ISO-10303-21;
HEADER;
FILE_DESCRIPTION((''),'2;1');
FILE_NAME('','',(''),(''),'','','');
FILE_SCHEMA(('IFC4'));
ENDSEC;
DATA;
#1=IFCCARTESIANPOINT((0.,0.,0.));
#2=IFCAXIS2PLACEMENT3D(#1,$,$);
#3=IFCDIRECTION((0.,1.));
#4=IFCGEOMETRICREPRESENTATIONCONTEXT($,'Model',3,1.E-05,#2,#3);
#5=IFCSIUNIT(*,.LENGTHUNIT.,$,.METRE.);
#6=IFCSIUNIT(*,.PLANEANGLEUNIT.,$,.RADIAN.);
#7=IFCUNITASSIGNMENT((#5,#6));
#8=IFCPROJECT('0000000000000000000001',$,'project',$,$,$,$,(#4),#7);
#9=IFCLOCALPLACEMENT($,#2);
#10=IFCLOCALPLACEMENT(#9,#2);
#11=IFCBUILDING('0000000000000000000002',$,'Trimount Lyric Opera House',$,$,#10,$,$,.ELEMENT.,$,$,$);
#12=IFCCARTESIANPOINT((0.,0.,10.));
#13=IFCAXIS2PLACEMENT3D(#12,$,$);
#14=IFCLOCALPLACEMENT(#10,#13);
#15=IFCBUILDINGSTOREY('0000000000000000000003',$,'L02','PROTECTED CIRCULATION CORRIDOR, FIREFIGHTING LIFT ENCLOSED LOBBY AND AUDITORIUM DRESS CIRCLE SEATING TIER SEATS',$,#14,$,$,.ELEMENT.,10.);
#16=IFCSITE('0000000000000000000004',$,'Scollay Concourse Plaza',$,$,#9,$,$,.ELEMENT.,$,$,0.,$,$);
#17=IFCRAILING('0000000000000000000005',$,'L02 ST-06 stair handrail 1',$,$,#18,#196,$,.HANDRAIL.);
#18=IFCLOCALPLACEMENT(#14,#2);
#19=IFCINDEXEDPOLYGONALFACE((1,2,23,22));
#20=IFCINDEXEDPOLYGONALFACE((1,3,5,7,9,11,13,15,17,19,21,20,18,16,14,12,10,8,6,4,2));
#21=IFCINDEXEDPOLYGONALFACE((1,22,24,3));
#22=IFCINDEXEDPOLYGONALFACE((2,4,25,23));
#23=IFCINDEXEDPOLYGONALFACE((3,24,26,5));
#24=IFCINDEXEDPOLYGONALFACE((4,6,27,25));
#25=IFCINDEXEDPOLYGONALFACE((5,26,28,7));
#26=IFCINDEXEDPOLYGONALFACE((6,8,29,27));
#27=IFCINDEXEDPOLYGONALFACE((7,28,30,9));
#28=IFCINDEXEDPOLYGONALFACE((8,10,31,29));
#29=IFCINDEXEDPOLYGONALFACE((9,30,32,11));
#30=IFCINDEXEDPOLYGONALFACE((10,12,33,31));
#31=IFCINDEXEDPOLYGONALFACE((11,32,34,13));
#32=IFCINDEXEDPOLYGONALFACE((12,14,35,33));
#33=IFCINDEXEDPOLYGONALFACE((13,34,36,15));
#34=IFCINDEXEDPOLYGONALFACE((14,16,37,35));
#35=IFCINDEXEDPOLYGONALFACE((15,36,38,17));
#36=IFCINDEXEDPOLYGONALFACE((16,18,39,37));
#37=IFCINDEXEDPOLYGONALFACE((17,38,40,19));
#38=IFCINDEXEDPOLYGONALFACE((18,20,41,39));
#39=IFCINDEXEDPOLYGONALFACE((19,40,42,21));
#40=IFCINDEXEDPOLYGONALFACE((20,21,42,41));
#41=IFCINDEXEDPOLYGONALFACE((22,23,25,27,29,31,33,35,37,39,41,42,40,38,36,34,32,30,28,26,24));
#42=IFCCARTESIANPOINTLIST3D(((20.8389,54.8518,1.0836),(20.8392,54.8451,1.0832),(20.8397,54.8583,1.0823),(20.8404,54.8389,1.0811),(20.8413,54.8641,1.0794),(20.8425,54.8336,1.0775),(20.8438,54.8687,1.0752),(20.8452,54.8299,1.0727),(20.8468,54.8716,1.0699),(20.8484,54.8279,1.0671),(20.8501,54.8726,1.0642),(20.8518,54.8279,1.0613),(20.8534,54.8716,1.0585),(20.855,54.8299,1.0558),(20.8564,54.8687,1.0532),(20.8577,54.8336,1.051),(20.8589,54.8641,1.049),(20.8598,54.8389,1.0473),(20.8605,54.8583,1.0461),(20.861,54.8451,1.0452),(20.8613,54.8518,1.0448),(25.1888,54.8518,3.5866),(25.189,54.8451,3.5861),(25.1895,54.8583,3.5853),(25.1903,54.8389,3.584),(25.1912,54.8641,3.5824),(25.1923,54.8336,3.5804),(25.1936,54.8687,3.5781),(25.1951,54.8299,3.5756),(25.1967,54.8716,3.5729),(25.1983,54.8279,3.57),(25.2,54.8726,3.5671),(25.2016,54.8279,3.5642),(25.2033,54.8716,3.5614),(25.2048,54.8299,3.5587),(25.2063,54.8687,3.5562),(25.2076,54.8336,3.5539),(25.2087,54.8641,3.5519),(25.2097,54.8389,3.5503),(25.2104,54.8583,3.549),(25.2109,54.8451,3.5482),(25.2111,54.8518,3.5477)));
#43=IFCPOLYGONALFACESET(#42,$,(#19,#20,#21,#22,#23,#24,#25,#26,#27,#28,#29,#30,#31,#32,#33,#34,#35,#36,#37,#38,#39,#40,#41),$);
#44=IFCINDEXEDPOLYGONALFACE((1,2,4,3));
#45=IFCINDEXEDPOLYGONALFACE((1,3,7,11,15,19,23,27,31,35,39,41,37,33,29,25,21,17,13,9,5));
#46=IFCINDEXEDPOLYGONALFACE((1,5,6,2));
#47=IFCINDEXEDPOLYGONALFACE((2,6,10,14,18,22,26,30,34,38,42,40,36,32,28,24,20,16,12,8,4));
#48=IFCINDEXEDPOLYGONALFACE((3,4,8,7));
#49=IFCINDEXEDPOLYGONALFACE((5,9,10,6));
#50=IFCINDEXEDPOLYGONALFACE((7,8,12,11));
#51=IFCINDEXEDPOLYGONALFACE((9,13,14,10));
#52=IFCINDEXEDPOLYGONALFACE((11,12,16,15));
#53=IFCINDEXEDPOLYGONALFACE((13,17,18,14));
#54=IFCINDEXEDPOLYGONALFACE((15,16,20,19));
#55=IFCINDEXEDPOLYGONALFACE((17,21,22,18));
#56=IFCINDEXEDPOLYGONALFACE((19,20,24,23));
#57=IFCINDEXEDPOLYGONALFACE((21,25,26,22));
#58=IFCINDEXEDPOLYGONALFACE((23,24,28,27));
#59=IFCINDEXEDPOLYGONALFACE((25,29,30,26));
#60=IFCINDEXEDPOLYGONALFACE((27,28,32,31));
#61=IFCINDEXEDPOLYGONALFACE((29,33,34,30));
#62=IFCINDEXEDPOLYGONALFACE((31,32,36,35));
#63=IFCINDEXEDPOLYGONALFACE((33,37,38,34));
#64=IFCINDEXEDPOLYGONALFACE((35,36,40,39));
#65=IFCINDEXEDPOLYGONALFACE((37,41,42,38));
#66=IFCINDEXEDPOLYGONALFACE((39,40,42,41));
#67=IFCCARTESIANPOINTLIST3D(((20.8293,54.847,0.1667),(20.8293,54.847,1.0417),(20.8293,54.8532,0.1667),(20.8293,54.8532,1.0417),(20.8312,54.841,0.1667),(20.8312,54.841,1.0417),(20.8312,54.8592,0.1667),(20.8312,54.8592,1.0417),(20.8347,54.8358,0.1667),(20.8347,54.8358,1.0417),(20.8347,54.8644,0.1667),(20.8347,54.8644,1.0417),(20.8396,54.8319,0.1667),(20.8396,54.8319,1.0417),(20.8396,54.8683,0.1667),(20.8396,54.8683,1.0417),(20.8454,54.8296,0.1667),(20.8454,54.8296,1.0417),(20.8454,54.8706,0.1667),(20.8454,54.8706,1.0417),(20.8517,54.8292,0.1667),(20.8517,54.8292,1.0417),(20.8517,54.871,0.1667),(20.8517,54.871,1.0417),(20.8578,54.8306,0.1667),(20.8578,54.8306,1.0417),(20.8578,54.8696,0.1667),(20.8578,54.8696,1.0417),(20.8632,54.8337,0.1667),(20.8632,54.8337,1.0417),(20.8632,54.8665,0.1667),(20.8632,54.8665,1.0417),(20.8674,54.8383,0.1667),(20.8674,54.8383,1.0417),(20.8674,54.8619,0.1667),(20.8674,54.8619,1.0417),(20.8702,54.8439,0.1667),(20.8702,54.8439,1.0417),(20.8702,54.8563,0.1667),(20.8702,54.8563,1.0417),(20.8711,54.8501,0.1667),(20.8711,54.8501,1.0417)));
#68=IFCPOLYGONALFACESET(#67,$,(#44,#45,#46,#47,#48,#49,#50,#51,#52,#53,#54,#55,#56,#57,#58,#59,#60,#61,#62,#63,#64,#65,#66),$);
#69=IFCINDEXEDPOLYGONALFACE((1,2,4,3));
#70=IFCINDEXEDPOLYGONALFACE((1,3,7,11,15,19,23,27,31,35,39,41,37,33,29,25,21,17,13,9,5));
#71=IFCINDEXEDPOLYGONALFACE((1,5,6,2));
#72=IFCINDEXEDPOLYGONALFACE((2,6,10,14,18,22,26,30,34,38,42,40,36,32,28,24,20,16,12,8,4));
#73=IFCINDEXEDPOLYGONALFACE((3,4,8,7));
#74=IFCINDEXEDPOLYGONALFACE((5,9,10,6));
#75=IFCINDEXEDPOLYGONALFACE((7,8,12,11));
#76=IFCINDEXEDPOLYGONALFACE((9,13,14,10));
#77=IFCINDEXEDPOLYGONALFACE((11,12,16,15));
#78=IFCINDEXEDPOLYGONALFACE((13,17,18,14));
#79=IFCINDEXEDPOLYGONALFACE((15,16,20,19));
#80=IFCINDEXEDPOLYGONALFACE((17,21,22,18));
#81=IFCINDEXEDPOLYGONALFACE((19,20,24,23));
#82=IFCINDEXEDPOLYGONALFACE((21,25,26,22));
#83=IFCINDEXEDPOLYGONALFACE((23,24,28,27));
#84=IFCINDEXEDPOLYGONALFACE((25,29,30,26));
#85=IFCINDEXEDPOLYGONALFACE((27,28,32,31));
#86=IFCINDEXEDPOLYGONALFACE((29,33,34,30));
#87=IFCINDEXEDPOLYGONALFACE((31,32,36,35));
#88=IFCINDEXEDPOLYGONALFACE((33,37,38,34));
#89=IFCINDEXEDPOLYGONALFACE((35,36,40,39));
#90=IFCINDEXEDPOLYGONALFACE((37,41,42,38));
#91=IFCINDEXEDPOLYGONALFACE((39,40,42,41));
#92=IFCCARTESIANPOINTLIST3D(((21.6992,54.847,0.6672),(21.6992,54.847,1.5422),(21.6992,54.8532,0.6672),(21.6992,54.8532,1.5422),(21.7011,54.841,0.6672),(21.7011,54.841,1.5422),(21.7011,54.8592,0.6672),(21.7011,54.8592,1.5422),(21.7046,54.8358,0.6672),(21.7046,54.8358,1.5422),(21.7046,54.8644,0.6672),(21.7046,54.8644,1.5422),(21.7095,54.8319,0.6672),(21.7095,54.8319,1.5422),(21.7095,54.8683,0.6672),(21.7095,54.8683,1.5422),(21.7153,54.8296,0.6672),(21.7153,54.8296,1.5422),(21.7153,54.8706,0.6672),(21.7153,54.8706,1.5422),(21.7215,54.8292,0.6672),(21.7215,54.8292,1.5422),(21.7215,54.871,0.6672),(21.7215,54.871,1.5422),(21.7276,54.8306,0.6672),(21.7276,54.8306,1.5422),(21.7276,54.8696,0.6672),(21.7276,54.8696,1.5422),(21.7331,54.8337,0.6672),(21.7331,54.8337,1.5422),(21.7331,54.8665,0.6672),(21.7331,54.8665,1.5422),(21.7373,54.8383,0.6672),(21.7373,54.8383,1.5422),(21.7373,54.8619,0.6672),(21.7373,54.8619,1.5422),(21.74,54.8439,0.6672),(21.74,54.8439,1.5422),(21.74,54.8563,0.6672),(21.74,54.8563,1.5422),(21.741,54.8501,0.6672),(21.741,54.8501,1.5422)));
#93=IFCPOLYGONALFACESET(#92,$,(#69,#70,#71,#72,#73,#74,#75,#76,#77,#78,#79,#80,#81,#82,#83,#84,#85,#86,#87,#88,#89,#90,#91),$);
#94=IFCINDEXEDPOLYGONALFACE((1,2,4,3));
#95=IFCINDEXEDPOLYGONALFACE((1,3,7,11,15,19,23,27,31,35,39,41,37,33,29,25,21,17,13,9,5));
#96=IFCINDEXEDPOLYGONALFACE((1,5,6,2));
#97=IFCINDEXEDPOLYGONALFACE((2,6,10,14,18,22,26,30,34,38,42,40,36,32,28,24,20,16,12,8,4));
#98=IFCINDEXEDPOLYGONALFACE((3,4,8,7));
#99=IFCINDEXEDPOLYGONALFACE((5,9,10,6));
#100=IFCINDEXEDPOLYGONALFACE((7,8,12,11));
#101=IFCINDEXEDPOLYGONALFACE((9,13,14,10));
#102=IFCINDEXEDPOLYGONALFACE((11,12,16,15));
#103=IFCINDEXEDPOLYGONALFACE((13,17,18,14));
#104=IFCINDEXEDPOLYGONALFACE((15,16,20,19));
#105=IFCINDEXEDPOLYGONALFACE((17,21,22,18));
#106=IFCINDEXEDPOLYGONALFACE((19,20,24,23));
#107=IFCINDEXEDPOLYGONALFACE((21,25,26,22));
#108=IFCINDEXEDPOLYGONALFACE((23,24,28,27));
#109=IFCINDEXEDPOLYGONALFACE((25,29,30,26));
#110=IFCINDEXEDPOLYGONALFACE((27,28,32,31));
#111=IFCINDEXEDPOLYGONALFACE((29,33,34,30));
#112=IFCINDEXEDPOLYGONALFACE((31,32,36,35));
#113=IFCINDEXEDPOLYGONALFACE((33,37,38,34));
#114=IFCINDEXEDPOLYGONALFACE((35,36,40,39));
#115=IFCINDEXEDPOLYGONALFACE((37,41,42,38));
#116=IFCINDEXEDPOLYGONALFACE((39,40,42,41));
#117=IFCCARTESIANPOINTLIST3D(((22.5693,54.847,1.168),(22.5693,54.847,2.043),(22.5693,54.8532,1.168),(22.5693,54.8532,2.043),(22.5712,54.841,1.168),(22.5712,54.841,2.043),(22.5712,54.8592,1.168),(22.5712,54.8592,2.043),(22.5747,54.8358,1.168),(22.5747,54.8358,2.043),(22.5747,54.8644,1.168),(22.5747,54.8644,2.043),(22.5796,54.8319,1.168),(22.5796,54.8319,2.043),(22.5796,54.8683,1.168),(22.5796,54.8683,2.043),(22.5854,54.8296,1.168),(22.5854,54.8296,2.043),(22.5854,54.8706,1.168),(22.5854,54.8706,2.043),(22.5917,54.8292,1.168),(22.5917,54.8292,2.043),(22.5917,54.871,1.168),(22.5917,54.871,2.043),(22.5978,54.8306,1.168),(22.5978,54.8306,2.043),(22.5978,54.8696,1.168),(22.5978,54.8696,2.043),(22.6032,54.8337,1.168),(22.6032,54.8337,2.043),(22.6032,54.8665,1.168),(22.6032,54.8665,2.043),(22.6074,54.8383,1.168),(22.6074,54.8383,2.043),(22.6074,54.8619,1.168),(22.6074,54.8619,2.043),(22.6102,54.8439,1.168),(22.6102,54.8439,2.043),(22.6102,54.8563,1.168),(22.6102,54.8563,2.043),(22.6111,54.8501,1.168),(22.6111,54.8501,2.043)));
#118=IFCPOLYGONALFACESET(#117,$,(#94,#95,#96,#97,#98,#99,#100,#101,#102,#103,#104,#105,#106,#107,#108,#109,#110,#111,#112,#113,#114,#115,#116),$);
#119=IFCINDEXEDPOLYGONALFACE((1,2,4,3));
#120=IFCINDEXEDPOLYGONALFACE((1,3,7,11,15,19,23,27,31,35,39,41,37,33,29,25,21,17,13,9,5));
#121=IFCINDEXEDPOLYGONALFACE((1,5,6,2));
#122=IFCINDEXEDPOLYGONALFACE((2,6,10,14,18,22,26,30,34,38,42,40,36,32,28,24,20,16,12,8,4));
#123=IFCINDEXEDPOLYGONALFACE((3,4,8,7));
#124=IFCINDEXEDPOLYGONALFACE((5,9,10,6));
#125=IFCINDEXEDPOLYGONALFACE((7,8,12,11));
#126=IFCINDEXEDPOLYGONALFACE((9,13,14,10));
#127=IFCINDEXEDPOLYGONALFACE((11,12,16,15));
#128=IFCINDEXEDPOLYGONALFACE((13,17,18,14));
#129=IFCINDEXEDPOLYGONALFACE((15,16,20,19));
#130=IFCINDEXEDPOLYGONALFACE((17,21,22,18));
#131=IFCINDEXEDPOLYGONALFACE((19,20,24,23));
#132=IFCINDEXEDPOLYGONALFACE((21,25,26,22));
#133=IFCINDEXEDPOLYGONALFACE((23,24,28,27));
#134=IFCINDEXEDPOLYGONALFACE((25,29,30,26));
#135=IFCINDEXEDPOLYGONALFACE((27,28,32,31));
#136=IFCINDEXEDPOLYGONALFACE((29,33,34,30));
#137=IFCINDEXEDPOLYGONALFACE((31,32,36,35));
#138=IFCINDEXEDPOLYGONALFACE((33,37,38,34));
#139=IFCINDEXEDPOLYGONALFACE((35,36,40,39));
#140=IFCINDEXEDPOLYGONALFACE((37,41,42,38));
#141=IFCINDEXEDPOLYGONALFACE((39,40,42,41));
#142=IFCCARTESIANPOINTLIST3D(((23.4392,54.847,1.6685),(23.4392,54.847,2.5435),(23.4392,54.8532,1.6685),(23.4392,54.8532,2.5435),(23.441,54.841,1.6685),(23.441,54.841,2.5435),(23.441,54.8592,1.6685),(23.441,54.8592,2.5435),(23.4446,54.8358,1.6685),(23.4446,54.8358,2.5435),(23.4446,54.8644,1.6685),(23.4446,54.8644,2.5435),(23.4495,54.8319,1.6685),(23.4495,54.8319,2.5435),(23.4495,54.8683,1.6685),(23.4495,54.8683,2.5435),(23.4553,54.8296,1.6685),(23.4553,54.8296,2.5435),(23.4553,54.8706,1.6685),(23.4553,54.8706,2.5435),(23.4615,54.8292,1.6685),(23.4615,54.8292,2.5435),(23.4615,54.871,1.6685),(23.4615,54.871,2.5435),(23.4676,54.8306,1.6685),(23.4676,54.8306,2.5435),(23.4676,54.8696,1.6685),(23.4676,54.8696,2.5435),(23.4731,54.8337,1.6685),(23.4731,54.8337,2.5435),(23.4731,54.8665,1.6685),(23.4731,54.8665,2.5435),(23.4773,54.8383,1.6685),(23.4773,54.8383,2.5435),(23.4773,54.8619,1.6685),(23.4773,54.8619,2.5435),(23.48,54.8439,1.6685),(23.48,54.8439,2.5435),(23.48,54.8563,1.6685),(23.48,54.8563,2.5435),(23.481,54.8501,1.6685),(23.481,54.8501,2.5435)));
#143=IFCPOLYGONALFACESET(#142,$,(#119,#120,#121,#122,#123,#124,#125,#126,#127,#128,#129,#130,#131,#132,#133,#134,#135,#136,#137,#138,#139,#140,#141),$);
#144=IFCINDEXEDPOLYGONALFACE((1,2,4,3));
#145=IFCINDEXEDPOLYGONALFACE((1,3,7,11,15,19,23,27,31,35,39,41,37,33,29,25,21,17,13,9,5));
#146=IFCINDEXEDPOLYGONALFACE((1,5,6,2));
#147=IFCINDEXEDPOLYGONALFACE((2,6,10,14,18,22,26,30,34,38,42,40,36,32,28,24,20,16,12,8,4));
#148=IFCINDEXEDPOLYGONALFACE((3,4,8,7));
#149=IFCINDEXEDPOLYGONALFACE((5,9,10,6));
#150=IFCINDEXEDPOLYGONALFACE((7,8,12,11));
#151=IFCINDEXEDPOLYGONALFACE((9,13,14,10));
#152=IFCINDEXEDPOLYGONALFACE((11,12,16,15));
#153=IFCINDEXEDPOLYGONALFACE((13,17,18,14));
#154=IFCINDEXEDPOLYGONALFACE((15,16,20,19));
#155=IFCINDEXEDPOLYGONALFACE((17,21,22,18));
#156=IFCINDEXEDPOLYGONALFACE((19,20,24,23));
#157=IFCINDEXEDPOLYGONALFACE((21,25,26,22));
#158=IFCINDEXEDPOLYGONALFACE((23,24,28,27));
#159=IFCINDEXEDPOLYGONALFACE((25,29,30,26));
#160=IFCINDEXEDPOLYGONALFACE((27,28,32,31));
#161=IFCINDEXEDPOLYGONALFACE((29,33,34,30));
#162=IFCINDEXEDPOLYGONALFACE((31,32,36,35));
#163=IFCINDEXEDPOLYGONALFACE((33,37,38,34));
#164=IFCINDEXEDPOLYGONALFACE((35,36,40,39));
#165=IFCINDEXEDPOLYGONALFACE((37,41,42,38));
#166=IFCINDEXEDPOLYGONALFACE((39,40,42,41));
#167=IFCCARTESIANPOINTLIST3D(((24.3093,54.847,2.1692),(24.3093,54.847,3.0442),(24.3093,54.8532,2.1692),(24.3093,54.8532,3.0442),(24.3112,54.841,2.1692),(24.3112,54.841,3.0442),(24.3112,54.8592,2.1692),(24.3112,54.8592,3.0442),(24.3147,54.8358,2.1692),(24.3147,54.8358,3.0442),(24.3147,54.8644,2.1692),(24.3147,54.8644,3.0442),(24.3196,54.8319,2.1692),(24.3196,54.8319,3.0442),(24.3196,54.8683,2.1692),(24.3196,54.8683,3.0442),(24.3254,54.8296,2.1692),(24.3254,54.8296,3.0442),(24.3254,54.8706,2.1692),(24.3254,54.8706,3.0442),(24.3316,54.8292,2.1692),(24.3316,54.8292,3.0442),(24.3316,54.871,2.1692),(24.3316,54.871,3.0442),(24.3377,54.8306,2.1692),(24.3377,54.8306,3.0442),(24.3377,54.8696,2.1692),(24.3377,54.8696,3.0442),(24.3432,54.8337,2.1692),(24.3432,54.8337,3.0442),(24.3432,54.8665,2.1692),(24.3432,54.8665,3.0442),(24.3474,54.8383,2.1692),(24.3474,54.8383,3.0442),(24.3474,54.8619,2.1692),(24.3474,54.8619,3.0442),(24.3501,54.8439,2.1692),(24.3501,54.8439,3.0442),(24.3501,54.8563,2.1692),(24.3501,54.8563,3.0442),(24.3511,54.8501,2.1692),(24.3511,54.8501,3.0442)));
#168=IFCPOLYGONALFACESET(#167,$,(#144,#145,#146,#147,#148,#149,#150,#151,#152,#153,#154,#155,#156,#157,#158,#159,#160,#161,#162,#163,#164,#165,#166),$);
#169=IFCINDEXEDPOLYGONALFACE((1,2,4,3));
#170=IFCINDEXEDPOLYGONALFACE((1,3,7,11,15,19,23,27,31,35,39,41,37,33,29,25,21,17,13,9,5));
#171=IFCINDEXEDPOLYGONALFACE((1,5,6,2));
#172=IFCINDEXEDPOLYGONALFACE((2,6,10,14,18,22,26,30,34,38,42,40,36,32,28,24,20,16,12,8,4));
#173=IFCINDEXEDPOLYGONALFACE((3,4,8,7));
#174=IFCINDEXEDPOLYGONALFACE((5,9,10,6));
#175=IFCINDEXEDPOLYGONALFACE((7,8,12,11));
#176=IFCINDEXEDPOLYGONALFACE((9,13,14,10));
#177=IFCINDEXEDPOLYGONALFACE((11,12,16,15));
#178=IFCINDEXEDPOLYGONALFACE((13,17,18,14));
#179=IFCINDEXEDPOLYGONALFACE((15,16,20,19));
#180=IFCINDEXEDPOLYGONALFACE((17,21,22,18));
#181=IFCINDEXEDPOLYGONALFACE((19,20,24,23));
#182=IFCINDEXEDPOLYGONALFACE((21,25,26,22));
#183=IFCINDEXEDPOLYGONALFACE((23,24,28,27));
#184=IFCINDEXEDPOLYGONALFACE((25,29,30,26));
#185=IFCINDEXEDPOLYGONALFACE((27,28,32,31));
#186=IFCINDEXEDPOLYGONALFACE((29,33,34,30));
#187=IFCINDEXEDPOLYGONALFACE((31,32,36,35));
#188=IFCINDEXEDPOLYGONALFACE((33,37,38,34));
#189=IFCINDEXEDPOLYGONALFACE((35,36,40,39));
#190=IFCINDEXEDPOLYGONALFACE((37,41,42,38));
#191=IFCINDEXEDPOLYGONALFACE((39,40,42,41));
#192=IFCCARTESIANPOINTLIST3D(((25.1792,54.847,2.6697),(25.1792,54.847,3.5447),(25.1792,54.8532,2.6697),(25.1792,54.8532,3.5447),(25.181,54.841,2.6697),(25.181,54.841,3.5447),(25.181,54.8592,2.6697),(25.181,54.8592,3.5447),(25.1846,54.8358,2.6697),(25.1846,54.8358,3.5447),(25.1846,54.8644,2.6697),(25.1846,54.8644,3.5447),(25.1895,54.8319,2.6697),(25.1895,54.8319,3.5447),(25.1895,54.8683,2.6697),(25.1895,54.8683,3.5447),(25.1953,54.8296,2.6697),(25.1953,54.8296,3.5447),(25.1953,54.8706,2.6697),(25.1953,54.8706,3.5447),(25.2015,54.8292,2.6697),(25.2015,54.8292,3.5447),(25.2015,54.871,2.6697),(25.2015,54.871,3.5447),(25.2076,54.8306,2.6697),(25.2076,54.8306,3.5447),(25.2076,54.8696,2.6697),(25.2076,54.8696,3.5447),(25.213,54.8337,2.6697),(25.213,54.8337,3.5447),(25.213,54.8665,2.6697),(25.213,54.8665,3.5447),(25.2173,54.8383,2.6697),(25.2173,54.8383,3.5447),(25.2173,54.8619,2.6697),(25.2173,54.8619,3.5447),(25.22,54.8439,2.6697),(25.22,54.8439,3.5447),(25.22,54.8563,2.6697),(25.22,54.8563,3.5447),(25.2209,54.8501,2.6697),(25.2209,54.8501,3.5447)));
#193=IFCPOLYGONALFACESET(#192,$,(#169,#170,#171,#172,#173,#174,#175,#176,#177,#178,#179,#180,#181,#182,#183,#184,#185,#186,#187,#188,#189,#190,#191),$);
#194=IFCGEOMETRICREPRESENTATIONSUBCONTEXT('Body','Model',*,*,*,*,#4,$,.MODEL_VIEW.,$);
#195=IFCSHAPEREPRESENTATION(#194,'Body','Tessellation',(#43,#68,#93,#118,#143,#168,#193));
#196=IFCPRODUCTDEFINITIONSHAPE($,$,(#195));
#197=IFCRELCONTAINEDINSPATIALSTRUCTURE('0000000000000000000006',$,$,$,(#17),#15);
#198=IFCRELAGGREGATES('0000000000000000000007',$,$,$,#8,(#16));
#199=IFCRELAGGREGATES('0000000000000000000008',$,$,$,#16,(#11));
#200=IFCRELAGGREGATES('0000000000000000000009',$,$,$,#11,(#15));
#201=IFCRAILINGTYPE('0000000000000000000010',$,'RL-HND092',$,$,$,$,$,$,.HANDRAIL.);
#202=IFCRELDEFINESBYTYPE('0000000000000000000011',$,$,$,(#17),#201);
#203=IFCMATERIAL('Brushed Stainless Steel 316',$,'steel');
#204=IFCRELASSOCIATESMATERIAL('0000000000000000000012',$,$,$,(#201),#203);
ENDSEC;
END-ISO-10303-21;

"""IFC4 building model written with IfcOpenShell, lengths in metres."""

from ifc_helpers import new_model, si_unit, direction, frame, origin, origin_2d, place, context, subcontext, project, spatial, circle, extrude, material, type_object, element, save


model = new_model("IFC4")

# Units and contexts
model_context = context("Model", 3, precision=1e-05, world=origin(), true_north=direction((0.0, 1.0)))
body_context = subcontext(model_context, "Body", "Model", "MODEL_VIEW")
ifc_project = project(units=[si_unit("LENGTHUNIT", "METRE"), si_unit("PLANEANGLEUNIT", "RADIAN")], contexts=[model_context])

# Site, building, storey
site_placement = place(None, origin())
site = spatial("IfcSite", under=ifc_project, at=site_placement, Name="Scollay Concourse Plaza", CompositionType="ELEMENT", RefElevation=0.0)
building_placement = place(site_placement, origin())
building = spatial("IfcBuilding", under=site, at=building_placement, Name="Trimount Lyric Opera House", CompositionType="ELEMENT")
storey_placement = place(building_placement, frame((0.0, 0.0, 10.0)))
storey = spatial("IfcBuildingStorey", under=building, at=storey_placement, Name="L02", Description="PROTECTED CIRCULATION CORRIDOR, FIREFIGHTING LIFT ENCLOSED LOBBY AND AUDITORIUM DRESS CIRCLE SEATING TIER SEATS", CompositionType="ELEMENT", Elevation=10.0)

# Railing
ifc_material_1 = material(Name="Brushed Stainless Steel 316", Category="steel")
railing_type_1 = type_object("IfcRailingType", Name="RL-HND092", PredefinedType="HANDRAIL", material=ifc_material_1)
railing_1_placement = place(storey_placement, frame((20.8501, 54.8501, 0.1667)))
element("IfcRailing", 1, at=railing_1_placement, inside=storey, type_object=railing_type_1, Name="L02 ST-06 stair handrail 1", PredefinedType="HANDRAIL", context=body_context, shape_type="SweptSolid", body=[
    extrude(circle(Radius=0.0225, at=origin_2d()), frame((0.0, 0.0, 0.8975), z_axis=(0.866754, 0.0, 0.498735), x_axis=(0.0, 1.0, 0.0)), (0.0, 0.0, 1.0), 5.0186),
    extrude(circle(Radius=0.021, at=origin_2d()), origin(), (0.0, 0.0, 1.0), 0.875),
    extrude(circle(Radius=0.021, at=origin_2d()), frame((0.8699, 0.0, 0.5005)), (0.0, 0.0, 1.0), 0.875),
    extrude(circle(Radius=0.021, at=origin_2d()), frame((1.74, 0.0, 1.0012)), (0.0, 0.0, 1.0), 0.875),
    extrude(circle(Radius=0.021, at=origin_2d()), frame((2.6099, 0.0, 1.5017)), (0.0, 0.0, 1.0), 0.875),
    extrude(circle(Radius=0.021, at=origin_2d()), frame((3.48, 0.0, 2.0024)), (0.0, 0.0, 1.0), 0.875),
    extrude(circle(Radius=0.021, at=origin_2d()), frame((4.3499, 0.0, 2.5029)), (0.0, 0.0, 1.0), 0.875),
])

save(model, "model.ifc")
